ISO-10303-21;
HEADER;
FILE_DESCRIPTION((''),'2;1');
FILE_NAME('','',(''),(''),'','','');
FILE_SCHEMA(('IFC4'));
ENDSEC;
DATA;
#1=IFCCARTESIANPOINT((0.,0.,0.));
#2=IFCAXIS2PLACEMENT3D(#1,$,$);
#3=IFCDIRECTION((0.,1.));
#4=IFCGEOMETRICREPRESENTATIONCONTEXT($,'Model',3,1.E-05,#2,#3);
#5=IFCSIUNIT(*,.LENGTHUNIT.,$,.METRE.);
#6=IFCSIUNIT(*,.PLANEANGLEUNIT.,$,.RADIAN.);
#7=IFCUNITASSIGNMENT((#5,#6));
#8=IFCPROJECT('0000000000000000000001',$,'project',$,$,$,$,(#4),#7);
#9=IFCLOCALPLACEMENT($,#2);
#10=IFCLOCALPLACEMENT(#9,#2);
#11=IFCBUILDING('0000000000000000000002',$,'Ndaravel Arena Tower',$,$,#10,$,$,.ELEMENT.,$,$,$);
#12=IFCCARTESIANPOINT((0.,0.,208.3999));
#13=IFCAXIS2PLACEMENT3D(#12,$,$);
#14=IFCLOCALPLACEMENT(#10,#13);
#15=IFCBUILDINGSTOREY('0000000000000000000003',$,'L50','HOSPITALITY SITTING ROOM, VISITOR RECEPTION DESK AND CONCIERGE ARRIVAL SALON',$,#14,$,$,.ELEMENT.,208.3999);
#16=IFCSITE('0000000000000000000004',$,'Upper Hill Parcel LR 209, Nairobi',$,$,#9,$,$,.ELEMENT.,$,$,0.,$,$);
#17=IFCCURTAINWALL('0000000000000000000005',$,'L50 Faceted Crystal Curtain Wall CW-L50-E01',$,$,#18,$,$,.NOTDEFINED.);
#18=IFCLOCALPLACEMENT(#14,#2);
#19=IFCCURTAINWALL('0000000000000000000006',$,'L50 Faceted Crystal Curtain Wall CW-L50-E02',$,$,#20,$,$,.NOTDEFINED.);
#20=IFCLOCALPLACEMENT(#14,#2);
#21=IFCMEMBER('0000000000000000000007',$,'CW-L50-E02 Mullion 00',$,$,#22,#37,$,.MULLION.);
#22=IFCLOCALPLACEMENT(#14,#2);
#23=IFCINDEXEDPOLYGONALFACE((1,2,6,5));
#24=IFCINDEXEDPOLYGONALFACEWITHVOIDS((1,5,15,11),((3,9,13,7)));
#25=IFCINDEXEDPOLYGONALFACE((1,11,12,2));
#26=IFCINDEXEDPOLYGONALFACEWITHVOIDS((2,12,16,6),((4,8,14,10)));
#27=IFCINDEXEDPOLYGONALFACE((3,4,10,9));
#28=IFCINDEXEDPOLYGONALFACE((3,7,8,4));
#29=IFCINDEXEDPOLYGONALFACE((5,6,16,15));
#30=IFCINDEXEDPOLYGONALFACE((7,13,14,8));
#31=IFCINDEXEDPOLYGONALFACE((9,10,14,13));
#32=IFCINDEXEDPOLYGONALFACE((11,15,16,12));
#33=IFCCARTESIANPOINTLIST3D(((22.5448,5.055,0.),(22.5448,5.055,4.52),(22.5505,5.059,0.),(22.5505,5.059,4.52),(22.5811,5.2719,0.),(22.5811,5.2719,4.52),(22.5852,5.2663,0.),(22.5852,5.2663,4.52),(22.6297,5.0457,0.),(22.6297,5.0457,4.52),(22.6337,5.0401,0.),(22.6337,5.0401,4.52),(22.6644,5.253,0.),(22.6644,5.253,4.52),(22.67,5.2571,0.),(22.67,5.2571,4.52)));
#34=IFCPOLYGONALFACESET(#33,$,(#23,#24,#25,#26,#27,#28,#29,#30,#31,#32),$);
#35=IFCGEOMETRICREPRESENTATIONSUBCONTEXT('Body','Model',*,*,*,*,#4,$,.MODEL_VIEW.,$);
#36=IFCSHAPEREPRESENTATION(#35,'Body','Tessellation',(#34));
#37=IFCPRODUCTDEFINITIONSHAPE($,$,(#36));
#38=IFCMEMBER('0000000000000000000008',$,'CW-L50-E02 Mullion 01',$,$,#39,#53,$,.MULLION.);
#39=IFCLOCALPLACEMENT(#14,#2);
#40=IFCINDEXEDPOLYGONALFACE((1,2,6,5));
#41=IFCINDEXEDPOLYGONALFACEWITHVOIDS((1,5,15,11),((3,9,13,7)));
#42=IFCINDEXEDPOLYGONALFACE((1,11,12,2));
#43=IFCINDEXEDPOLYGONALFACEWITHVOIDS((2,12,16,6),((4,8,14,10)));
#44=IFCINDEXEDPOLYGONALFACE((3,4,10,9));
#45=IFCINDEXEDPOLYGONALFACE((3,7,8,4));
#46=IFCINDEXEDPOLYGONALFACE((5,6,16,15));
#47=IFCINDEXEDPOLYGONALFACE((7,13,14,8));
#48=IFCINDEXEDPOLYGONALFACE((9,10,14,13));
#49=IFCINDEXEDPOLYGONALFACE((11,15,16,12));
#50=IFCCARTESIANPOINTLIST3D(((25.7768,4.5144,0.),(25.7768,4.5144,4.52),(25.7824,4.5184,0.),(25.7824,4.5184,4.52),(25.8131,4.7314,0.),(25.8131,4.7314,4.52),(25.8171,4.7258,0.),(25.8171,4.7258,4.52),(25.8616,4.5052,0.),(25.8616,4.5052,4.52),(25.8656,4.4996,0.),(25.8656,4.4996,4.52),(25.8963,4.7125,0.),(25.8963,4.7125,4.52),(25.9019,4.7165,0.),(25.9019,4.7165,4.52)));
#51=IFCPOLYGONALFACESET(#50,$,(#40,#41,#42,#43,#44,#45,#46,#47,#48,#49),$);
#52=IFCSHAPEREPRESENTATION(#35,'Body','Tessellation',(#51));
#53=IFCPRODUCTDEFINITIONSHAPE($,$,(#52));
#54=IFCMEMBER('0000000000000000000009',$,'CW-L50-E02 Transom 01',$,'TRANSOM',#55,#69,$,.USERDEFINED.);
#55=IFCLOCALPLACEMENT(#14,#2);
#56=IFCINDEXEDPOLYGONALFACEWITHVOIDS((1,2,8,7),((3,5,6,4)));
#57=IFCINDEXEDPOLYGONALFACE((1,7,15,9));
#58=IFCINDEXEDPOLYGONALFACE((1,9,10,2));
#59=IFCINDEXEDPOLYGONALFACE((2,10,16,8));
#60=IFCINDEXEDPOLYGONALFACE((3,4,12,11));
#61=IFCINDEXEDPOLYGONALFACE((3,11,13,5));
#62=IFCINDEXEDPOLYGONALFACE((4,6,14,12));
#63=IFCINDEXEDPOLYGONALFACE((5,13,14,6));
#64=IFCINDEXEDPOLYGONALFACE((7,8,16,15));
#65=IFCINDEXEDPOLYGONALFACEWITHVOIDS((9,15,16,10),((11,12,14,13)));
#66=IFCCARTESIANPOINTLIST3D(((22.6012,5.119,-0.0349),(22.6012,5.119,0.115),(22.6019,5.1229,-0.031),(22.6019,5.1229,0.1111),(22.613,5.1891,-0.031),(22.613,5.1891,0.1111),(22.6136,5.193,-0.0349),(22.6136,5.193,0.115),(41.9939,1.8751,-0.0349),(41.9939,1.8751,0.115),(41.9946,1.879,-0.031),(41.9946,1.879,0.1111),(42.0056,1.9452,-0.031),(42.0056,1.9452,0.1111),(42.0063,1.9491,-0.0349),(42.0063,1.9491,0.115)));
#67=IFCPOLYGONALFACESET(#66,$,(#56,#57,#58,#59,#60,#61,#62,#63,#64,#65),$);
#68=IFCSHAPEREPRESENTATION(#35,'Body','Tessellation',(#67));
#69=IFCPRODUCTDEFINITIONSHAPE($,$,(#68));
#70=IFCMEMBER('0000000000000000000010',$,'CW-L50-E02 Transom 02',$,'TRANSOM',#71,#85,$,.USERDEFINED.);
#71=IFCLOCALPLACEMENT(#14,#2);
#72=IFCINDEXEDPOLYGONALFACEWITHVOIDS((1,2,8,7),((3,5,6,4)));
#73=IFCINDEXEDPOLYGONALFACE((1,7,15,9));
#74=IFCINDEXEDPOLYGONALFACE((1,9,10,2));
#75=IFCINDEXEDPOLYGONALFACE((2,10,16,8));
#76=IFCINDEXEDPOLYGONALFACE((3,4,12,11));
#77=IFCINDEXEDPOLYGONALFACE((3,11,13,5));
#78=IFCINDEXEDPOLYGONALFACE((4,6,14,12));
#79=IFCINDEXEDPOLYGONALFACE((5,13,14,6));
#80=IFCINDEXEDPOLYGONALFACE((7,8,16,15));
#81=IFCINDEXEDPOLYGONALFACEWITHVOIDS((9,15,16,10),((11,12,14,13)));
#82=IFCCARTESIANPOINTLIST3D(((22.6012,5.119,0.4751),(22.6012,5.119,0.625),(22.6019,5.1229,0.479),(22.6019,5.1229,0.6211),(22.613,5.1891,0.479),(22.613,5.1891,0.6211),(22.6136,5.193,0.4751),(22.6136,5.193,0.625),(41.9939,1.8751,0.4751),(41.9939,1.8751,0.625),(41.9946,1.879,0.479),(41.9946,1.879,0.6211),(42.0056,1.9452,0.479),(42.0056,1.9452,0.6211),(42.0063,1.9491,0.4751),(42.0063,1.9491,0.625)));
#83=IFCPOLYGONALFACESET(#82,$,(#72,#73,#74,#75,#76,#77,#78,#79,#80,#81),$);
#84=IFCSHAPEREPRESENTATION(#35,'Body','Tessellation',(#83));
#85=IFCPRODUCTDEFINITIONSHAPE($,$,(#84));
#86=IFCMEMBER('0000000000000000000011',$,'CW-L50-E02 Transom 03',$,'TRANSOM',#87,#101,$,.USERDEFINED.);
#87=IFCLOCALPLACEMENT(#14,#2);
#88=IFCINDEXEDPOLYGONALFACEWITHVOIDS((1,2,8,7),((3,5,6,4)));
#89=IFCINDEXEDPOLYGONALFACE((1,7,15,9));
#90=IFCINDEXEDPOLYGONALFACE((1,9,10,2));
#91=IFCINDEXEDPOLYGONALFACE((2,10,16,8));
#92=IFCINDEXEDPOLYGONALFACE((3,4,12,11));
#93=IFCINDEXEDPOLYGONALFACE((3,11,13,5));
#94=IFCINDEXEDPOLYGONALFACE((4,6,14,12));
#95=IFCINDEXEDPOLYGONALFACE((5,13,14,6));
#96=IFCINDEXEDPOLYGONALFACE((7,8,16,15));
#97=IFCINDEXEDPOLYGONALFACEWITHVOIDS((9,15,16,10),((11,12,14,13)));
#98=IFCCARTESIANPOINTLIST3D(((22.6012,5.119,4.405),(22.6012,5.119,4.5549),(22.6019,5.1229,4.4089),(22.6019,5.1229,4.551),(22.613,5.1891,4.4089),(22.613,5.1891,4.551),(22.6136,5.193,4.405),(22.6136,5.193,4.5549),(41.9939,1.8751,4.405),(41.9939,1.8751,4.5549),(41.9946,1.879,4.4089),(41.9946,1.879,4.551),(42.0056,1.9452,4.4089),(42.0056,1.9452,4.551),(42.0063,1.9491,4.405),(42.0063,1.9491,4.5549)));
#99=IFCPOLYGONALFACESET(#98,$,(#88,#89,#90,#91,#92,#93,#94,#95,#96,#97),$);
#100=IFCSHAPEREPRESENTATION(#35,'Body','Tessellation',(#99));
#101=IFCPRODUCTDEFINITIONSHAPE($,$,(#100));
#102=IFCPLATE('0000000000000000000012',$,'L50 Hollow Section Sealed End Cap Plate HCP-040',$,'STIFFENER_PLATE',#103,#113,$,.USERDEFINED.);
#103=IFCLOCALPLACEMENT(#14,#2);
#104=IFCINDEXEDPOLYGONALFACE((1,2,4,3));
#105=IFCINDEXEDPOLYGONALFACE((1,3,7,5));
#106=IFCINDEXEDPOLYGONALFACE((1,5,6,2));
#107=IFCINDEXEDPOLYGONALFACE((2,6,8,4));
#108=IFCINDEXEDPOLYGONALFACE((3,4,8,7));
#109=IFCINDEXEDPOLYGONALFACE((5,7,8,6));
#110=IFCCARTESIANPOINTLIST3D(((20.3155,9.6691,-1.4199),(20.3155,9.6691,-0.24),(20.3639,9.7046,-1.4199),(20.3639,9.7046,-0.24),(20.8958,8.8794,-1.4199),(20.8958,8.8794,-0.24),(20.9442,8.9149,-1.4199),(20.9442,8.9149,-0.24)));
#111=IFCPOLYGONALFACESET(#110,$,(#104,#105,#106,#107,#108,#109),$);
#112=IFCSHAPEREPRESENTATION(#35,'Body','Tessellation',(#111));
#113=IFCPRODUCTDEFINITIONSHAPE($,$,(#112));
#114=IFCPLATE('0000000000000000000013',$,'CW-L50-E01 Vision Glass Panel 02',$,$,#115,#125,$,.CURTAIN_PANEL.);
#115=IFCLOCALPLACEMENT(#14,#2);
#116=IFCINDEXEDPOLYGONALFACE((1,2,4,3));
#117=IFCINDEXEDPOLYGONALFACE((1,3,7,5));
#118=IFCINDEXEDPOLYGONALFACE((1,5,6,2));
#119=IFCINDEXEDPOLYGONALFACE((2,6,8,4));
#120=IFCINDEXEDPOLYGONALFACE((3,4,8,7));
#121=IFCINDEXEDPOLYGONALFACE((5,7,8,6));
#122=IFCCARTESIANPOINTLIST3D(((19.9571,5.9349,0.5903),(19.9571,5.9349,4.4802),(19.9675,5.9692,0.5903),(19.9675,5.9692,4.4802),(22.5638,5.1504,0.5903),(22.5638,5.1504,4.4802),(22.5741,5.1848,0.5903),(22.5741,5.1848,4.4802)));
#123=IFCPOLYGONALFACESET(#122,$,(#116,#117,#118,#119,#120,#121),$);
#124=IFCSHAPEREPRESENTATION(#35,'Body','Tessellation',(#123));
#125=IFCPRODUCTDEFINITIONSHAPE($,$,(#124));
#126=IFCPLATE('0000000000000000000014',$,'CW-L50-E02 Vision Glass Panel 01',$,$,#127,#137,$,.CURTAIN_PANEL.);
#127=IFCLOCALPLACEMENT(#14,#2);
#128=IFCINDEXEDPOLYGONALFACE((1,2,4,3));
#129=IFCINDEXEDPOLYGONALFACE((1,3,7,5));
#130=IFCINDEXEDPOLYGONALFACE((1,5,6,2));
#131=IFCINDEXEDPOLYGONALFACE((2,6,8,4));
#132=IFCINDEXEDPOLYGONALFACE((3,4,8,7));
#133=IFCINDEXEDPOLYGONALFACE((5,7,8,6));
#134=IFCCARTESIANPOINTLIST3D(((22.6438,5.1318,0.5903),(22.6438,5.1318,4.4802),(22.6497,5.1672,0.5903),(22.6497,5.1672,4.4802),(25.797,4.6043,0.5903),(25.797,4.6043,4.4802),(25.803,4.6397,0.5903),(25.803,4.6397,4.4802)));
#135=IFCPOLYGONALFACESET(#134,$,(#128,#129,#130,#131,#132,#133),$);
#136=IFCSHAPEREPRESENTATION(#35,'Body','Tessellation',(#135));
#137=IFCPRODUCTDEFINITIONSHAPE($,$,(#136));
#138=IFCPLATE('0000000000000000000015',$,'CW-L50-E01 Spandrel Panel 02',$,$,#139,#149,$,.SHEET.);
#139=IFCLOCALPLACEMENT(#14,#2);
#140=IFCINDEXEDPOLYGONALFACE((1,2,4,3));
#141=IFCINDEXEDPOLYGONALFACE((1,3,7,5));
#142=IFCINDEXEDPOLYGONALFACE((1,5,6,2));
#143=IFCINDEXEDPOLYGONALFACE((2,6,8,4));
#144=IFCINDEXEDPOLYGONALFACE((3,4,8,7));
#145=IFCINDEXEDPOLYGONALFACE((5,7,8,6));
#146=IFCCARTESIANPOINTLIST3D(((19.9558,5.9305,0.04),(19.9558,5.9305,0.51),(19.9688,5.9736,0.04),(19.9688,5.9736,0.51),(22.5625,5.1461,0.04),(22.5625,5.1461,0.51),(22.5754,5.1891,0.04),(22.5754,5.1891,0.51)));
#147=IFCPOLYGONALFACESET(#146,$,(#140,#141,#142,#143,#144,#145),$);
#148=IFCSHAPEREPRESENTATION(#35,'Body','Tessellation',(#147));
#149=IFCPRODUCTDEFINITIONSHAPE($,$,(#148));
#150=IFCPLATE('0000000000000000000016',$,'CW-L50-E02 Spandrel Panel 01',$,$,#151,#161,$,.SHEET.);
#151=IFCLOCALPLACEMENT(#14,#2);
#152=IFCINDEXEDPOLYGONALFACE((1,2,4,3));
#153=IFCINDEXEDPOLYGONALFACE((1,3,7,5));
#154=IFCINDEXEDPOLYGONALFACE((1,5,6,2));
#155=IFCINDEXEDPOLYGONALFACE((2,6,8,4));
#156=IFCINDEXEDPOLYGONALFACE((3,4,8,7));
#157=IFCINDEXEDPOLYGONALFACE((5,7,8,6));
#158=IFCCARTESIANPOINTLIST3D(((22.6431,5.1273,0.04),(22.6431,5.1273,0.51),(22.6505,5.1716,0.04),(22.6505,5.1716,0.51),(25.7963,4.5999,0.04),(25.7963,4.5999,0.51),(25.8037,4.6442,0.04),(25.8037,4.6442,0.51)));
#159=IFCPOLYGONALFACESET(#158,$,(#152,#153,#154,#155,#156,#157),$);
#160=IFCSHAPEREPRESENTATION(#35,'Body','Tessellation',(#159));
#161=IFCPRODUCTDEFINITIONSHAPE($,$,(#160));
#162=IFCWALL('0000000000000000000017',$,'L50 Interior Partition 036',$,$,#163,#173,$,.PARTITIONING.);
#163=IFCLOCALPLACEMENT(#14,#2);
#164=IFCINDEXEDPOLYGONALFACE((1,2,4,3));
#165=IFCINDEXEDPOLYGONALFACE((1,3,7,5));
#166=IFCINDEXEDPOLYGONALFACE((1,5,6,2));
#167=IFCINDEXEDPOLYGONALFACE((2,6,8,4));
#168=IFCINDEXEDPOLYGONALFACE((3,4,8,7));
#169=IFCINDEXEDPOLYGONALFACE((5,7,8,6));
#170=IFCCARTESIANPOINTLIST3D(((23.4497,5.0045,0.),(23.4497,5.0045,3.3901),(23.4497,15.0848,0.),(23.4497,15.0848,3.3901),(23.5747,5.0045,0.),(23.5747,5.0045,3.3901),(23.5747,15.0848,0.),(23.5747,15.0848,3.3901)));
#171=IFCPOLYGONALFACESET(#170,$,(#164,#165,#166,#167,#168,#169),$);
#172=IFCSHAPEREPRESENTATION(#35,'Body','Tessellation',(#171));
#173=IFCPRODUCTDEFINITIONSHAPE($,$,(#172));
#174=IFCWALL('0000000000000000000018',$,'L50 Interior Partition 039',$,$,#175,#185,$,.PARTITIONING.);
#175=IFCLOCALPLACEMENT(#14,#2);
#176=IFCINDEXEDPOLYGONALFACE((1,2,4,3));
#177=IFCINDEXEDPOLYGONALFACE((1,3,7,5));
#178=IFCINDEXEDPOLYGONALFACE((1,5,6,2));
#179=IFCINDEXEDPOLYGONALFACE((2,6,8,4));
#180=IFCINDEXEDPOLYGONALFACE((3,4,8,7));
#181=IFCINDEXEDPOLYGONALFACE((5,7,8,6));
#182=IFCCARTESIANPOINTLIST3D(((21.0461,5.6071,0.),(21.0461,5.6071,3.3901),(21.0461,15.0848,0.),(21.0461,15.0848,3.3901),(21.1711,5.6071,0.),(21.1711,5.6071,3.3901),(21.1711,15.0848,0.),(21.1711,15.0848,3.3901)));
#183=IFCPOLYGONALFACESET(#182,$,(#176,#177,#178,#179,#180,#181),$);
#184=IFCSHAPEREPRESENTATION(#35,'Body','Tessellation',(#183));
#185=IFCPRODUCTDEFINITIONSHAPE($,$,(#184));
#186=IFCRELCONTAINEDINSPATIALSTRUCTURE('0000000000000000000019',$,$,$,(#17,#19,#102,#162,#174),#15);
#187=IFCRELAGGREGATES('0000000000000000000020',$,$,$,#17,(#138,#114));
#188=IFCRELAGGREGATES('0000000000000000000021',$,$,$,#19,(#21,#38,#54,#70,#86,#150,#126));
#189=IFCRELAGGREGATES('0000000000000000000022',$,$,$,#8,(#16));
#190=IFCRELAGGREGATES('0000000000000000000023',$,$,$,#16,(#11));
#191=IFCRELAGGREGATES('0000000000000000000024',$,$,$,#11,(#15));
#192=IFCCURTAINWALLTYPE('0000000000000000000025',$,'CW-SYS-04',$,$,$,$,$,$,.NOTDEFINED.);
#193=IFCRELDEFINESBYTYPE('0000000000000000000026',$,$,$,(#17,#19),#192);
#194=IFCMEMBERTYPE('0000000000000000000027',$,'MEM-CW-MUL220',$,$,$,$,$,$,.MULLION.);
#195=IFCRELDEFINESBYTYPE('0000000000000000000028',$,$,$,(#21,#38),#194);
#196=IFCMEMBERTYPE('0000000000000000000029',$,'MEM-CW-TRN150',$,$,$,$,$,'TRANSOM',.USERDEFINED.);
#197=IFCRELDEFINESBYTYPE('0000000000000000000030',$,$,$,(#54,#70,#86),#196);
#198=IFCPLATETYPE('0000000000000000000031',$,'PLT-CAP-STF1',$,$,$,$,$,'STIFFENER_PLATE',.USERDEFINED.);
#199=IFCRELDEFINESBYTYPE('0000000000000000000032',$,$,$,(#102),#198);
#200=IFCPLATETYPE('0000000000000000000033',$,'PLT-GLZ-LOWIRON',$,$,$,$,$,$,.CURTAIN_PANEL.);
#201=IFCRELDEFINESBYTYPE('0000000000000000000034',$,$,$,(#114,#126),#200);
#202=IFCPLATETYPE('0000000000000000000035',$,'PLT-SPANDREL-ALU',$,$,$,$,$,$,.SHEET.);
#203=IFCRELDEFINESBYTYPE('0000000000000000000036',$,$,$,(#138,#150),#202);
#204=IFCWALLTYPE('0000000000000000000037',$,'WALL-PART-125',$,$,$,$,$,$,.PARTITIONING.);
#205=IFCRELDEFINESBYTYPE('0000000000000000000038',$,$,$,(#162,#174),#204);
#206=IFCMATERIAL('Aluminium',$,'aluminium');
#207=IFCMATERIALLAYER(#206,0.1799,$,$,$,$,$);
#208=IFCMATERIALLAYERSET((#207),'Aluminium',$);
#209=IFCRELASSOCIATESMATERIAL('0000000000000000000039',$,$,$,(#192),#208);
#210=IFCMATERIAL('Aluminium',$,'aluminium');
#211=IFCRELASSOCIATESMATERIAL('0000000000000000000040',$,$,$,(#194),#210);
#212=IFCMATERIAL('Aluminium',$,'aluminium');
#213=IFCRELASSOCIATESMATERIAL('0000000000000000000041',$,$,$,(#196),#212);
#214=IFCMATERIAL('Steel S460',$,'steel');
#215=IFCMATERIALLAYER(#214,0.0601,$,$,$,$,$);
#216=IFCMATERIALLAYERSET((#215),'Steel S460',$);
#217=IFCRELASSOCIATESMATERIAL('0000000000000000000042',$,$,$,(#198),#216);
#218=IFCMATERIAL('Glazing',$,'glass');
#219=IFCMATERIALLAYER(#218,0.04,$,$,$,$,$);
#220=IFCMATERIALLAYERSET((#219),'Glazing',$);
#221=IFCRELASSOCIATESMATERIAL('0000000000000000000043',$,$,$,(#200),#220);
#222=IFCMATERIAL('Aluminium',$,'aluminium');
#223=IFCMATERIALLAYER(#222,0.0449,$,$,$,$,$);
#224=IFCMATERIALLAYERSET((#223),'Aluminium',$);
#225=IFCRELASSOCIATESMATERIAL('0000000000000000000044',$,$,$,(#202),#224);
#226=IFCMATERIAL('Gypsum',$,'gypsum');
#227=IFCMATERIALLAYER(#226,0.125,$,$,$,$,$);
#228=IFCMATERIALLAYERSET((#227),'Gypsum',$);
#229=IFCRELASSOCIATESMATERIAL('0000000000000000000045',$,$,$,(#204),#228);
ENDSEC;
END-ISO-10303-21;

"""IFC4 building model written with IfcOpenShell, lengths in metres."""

from ifc_helpers import new_model, si_unit, direction, frame, frame_2d, origin, origin_2d, place, context, subcontext, project, spatial, rectangle, hollow_rectangle, extrude, material, layer, layer_set, material_profile, profile_set, type_object, element, aggregate, save


model = new_model("IFC4")

# Units and contexts
model_context = context("Model", 3, precision=1e-05, world=origin(), true_north=direction((0.0, 1.0)))
body_context = subcontext(model_context, "Body", "Model", "MODEL_VIEW")
ifc_project = project(units=[si_unit("LENGTHUNIT", "METRE"), si_unit("PLANEANGLEUNIT", "RADIAN")], contexts=[model_context])

# Site, building, storey
site_placement = place(None, origin())
site = spatial("IfcSite", under=ifc_project, at=site_placement, Name="Upper Hill Parcel LR 209, Nairobi", CompositionType="ELEMENT", RefElevation=0.0)
building_placement = place(site_placement, origin())
building = spatial("IfcBuilding", under=site, at=building_placement, Name="Ndaravel Arena Tower", CompositionType="ELEMENT")
storey_placement = place(building_placement, frame((0.0, 0.0, 208.3999)))
storey = spatial("IfcBuildingStorey", under=building, at=storey_placement, Name="L50", Description="HOSPITALITY SITTING ROOM, VISITOR RECEPTION DESK AND CONCIERGE ARRIVAL SALON", CompositionType="ELEMENT", Elevation=208.3999)

# Curtain wall
ifc_material_1 = material(Name="Aluminium", Category="aluminium")
ifc_layer_1 = layer(ifc_material_1, 0.1799)
ifc_layer_set_1 = layer_set([ifc_layer_1], Name="Aluminium")
curtain_wall_type = type_object("IfcCurtainWallType", Name="CW-SYS-04", PredefinedType="NOTDEFINED", material=ifc_layer_set_1)
curtain_wall_1_placement = place(storey_placement, origin())
curtain_wall_1 = element("IfcCurtainWall", 1, at=curtain_wall_1_placement, inside=storey, type_object=curtain_wall_type, Name="L50 Faceted Crystal Curtain Wall CW-L50-E01", PredefinedType="NOTDEFINED")
ifc_material_2 = material(Name="Aluminium", Category="aluminium")
ifc_material_profile_1 = material_profile(ifc_material_2, hollow_rectangle(XDim=0.0901, YDim=0.22, WallThickness=0.0049, at=origin_2d()), Name="CW MULLION 90x220x5")
ifc_profile_set_1 = profile_set([ifc_material_profile_1], Name="Aluminium")
member_type_1 = type_object("IfcMemberType", Name="MEM-CW-MUL220", PredefinedType="MULLION", material=ifc_profile_set_1)

# Curtain wall, members
curtain_wall_2_placement = place(storey_placement, origin())
curtain_wall_2 = element("IfcCurtainWall", 2, at=curtain_wall_2_placement, inside=storey, type_object=curtain_wall_type, Name="L50 Faceted Crystal Curtain Wall CW-L50-E02", PredefinedType="NOTDEFINED")
member_1_placement = place(storey_placement, frame((22.6074, 5.156, 0.0), z_axis=(0.0, 0.0, 1.0), x_axis=(0.986297, -0.164979, 0.0)))
member_1 = element("IfcMember", 3, at=member_1_placement, type_object=member_type_1, Name="CW-L50-E02 Mullion 00", PredefinedType="MULLION", context=body_context, shape_type="SweptSolid", body=[
    extrude(hollow_rectangle(XDim=0.0901, YDim=0.22, WallThickness=0.0049, at=origin_2d()), origin(), (0.0, 0.0, 1.0), 4.52),
])
member_2_placement = place(storey_placement, frame((25.8394, 4.6155, 0.0), z_axis=(0.0, 0.0, 1.0), x_axis=(0.986297, -0.164979, 0.0)))
member_2 = element("IfcMember", 4, at=member_2_placement, type_object=member_type_1, Name="CW-L50-E02 Mullion 01", PredefinedType="MULLION", context=body_context, shape_type="SweptSolid", body=[
    extrude(hollow_rectangle(XDim=0.0901, YDim=0.22, WallThickness=0.0049, at=origin_2d()), origin(), (0.0, 0.0, 1.0), 4.52),
])
ifc_material_3 = material(Name="Aluminium", Category="aluminium")
ifc_material_profile_2 = material_profile(ifc_material_3, hollow_rectangle(XDim=0.075, YDim=0.1499, WallThickness=0.0039, at=origin_2d()), Name="CW TRANSOM 75x150x4")
ifc_profile_set_2 = profile_set([ifc_material_profile_2], Name="Aluminium")
member_type_2 = type_object("IfcMemberType", Name="MEM-CW-TRN150", ElementType="TRANSOM", PredefinedType="USERDEFINED", material=ifc_profile_set_2)
member_3_placement = place(storey_placement, frame((22.6074, 5.156, 0.04), z_axis=(0.986296, -0.164983, 0.0), x_axis=(0.164983, 0.986296, 0.0)))
member_3 = element("IfcMember", 5, at=member_3_placement, type_object=member_type_2, Name="CW-L50-E02 Transom 01", ObjectType="TRANSOM", PredefinedType="USERDEFINED", context=body_context, shape_type="SweptSolid", body=[
    extrude(hollow_rectangle(XDim=0.075, YDim=0.1499, WallThickness=0.0039, at=origin_2d()), origin(), (0.0, 0.0, 1.0), 19.6621),
])
member_4_placement = place(storey_placement, frame((22.6074, 5.156, 0.55), z_axis=(0.986296, -0.164983, 0.0), x_axis=(0.164983, 0.986296, 0.0)))
member_4 = element("IfcMember", 6, at=member_4_placement, type_object=member_type_2, Name="CW-L50-E02 Transom 02", ObjectType="TRANSOM", PredefinedType="USERDEFINED", context=body_context, shape_type="SweptSolid", body=[
    extrude(hollow_rectangle(XDim=0.075, YDim=0.1499, WallThickness=0.0039, at=origin_2d()), origin(), (0.0, 0.0, 1.0), 19.6621),
])
member_5_placement = place(storey_placement, frame((22.6074, 5.156, 4.48), z_axis=(0.986296, -0.164983, 0.0), x_axis=(0.164983, 0.986296, 0.0)))
member_5 = element("IfcMember", 7, at=member_5_placement, type_object=member_type_2, Name="CW-L50-E02 Transom 03", ObjectType="TRANSOM", PredefinedType="USERDEFINED", context=body_context, shape_type="SweptSolid", body=[
    extrude(hollow_rectangle(XDim=0.075, YDim=0.1499, WallThickness=0.0039, at=origin_2d()), origin(), (0.0, 0.0, 1.0), 19.6621),
])

# Plates
ifc_material_4 = material(Name="Steel S460", Category="steel")
ifc_layer_2 = layer(ifc_material_4, 0.0601)
ifc_layer_set_2 = layer_set([ifc_layer_2], Name="Steel S460")
plate_type_1 = type_object("IfcPlateType", Name="PLT-CAP-STF1", ElementType="STIFFENER_PLATE", PredefinedType="USERDEFINED", material=ifc_layer_set_2)
plate_1_placement = place(storey_placement, frame((20.6299, 9.292, -1.4199), z_axis=(0.0, 0.0, 1.0), x_axis=(-0.805825, -0.592154, 0.0)))
element("IfcPlate", 8, at=plate_1_placement, inside=storey, type_object=plate_type_1, Name="L50 Hollow Section Sealed End Cap Plate HCP-040", ObjectType="STIFFENER_PLATE", PredefinedType="USERDEFINED", context=body_context, shape_type="SweptSolid", body=[
    extrude(rectangle(XDim=0.0601, YDim=0.98, at=origin_2d()), origin(), (0.0, 0.0, 1.0), 1.1799),
])
ifc_material_5 = material(Name="Glazing", Category="glass")
ifc_layer_3 = layer(ifc_material_5, 0.04)
ifc_layer_set_3 = layer_set([ifc_layer_3], Name="Glazing")
plate_type_2 = type_object("IfcPlateType", Name="PLT-GLZ-LOWIRON", PredefinedType="CURTAIN_PANEL", material=ifc_layer_set_3)
plate_2_placement = place(storey_placement, frame((21.2656, 5.5598, 0.5903), z_axis=(0.0, 0.0, 1.0), x_axis=(0.957576, -0.28818, 0.0)))
plate_2 = element("IfcPlate", 9, at=plate_2_placement, type_object=plate_type_2, Name="CW-L50-E01 Vision Glass Panel 02", PredefinedType="CURTAIN_PANEL", context=body_context, shape_type="SweptSolid", body=[
    extrude(rectangle(XDim=2.7222, YDim=0.0359, at=origin_2d()), origin(), (0.0, 0.0, 1.0), 3.8899),
])
plate_3_placement = place(storey_placement, frame((24.2234, 4.8857, 0.5903), z_axis=(0.0, 0.0, 1.0), x_axis=(0.986297, -0.164979, 0.0)))
plate_3 = element("IfcPlate", 10, at=plate_3_placement, type_object=plate_type_2, Name="CW-L50-E02 Vision Glass Panel 01", PredefinedType="CURTAIN_PANEL", context=body_context, shape_type="SweptSolid", body=[
    extrude(rectangle(XDim=3.197, YDim=0.0359, at=origin_2d()), origin(), (0.0, 0.0, 1.0), 3.8899),
])
ifc_material_6 = material(Name="Aluminium", Category="aluminium")
ifc_layer_4 = layer(ifc_material_6, 0.0449)
ifc_layer_set_4 = layer_set([ifc_layer_4], Name="Aluminium")
plate_type_3 = type_object("IfcPlateType", Name="PLT-SPANDREL-ALU", PredefinedType="SHEET", material=ifc_layer_set_4)
plate_4_placement = place(storey_placement, frame((21.2656, 5.5598, 0.04), z_axis=(0.0, 0.0, 1.0), x_axis=(0.957576, -0.28818, 0.0)))
plate_4 = element("IfcPlate", 11, at=plate_4_placement, type_object=plate_type_3, Name="CW-L50-E01 Spandrel Panel 02", PredefinedType="SHEET", context=body_context, shape_type="SweptSolid", body=[
    extrude(rectangle(XDim=2.7222, YDim=0.0449, at=origin_2d()), origin(), (0.0, 0.0, 1.0), 0.47),
])
aggregate(curtain_wall_1, [plate_4, plate_2])
plate_5_placement = place(storey_placement, frame((24.2234, 4.8857, 0.04), z_axis=(0.0, 0.0, 1.0), x_axis=(0.986297, -0.164979, 0.0)))
plate_5 = element("IfcPlate", 12, at=plate_5_placement, type_object=plate_type_3, Name="CW-L50-E02 Spandrel Panel 01", PredefinedType="SHEET", context=body_context, shape_type="SweptSolid", body=[
    extrude(rectangle(XDim=3.197, YDim=0.0449, at=origin_2d()), origin(), (0.0, 0.0, 1.0), 0.47),
])
aggregate(curtain_wall_2, [member_1, member_2, member_3, member_4, member_5, plate_5, plate_3])

# Walls
ifc_material_7 = material(Name="Gypsum", Category="gypsum")
ifc_layer_5 = layer(ifc_material_7, 0.125)
ifc_layer_set_5 = layer_set([ifc_layer_5], Name="Gypsum")
wall_type = type_object("IfcWallType", Name="WALL-PART-125", PredefinedType="PARTITIONING", material=ifc_layer_set_5)
wall_1_placement = place(storey_placement, frame((23.5122, 5.0046, 0.0), z_axis=(0.0, 0.0, 1.0), x_axis=(0.0, 1.0, 0.0)))
element("IfcWall", 13, at=wall_1_placement, inside=storey, type_object=wall_type, Name="L50 Interior Partition 036", PredefinedType="PARTITIONING", context=body_context, shape_type="SweptSolid", body=[
    extrude(rectangle(XDim=10.0803, YDim=0.125, at=frame_2d((5.04, 0.0))), origin(), (0.0, 0.0, 1.0), 3.3901),
])
wall_2_placement = place(storey_placement, frame((21.1086, 5.6072, 0.0), z_axis=(0.0, 0.0, 1.0), x_axis=(0.0, 1.0, 0.0)))
element("IfcWall", 14, at=wall_2_placement, inside=storey, type_object=wall_type, Name="L50 Interior Partition 039", PredefinedType="PARTITIONING", context=body_context, shape_type="SweptSolid", body=[
    extrude(rectangle(XDim=9.4778, YDim=0.125, at=frame_2d((4.7388, 0.0))), origin(), (0.0, 0.0, 1.0), 3.3901),
])

save(model, "model.ifc")
